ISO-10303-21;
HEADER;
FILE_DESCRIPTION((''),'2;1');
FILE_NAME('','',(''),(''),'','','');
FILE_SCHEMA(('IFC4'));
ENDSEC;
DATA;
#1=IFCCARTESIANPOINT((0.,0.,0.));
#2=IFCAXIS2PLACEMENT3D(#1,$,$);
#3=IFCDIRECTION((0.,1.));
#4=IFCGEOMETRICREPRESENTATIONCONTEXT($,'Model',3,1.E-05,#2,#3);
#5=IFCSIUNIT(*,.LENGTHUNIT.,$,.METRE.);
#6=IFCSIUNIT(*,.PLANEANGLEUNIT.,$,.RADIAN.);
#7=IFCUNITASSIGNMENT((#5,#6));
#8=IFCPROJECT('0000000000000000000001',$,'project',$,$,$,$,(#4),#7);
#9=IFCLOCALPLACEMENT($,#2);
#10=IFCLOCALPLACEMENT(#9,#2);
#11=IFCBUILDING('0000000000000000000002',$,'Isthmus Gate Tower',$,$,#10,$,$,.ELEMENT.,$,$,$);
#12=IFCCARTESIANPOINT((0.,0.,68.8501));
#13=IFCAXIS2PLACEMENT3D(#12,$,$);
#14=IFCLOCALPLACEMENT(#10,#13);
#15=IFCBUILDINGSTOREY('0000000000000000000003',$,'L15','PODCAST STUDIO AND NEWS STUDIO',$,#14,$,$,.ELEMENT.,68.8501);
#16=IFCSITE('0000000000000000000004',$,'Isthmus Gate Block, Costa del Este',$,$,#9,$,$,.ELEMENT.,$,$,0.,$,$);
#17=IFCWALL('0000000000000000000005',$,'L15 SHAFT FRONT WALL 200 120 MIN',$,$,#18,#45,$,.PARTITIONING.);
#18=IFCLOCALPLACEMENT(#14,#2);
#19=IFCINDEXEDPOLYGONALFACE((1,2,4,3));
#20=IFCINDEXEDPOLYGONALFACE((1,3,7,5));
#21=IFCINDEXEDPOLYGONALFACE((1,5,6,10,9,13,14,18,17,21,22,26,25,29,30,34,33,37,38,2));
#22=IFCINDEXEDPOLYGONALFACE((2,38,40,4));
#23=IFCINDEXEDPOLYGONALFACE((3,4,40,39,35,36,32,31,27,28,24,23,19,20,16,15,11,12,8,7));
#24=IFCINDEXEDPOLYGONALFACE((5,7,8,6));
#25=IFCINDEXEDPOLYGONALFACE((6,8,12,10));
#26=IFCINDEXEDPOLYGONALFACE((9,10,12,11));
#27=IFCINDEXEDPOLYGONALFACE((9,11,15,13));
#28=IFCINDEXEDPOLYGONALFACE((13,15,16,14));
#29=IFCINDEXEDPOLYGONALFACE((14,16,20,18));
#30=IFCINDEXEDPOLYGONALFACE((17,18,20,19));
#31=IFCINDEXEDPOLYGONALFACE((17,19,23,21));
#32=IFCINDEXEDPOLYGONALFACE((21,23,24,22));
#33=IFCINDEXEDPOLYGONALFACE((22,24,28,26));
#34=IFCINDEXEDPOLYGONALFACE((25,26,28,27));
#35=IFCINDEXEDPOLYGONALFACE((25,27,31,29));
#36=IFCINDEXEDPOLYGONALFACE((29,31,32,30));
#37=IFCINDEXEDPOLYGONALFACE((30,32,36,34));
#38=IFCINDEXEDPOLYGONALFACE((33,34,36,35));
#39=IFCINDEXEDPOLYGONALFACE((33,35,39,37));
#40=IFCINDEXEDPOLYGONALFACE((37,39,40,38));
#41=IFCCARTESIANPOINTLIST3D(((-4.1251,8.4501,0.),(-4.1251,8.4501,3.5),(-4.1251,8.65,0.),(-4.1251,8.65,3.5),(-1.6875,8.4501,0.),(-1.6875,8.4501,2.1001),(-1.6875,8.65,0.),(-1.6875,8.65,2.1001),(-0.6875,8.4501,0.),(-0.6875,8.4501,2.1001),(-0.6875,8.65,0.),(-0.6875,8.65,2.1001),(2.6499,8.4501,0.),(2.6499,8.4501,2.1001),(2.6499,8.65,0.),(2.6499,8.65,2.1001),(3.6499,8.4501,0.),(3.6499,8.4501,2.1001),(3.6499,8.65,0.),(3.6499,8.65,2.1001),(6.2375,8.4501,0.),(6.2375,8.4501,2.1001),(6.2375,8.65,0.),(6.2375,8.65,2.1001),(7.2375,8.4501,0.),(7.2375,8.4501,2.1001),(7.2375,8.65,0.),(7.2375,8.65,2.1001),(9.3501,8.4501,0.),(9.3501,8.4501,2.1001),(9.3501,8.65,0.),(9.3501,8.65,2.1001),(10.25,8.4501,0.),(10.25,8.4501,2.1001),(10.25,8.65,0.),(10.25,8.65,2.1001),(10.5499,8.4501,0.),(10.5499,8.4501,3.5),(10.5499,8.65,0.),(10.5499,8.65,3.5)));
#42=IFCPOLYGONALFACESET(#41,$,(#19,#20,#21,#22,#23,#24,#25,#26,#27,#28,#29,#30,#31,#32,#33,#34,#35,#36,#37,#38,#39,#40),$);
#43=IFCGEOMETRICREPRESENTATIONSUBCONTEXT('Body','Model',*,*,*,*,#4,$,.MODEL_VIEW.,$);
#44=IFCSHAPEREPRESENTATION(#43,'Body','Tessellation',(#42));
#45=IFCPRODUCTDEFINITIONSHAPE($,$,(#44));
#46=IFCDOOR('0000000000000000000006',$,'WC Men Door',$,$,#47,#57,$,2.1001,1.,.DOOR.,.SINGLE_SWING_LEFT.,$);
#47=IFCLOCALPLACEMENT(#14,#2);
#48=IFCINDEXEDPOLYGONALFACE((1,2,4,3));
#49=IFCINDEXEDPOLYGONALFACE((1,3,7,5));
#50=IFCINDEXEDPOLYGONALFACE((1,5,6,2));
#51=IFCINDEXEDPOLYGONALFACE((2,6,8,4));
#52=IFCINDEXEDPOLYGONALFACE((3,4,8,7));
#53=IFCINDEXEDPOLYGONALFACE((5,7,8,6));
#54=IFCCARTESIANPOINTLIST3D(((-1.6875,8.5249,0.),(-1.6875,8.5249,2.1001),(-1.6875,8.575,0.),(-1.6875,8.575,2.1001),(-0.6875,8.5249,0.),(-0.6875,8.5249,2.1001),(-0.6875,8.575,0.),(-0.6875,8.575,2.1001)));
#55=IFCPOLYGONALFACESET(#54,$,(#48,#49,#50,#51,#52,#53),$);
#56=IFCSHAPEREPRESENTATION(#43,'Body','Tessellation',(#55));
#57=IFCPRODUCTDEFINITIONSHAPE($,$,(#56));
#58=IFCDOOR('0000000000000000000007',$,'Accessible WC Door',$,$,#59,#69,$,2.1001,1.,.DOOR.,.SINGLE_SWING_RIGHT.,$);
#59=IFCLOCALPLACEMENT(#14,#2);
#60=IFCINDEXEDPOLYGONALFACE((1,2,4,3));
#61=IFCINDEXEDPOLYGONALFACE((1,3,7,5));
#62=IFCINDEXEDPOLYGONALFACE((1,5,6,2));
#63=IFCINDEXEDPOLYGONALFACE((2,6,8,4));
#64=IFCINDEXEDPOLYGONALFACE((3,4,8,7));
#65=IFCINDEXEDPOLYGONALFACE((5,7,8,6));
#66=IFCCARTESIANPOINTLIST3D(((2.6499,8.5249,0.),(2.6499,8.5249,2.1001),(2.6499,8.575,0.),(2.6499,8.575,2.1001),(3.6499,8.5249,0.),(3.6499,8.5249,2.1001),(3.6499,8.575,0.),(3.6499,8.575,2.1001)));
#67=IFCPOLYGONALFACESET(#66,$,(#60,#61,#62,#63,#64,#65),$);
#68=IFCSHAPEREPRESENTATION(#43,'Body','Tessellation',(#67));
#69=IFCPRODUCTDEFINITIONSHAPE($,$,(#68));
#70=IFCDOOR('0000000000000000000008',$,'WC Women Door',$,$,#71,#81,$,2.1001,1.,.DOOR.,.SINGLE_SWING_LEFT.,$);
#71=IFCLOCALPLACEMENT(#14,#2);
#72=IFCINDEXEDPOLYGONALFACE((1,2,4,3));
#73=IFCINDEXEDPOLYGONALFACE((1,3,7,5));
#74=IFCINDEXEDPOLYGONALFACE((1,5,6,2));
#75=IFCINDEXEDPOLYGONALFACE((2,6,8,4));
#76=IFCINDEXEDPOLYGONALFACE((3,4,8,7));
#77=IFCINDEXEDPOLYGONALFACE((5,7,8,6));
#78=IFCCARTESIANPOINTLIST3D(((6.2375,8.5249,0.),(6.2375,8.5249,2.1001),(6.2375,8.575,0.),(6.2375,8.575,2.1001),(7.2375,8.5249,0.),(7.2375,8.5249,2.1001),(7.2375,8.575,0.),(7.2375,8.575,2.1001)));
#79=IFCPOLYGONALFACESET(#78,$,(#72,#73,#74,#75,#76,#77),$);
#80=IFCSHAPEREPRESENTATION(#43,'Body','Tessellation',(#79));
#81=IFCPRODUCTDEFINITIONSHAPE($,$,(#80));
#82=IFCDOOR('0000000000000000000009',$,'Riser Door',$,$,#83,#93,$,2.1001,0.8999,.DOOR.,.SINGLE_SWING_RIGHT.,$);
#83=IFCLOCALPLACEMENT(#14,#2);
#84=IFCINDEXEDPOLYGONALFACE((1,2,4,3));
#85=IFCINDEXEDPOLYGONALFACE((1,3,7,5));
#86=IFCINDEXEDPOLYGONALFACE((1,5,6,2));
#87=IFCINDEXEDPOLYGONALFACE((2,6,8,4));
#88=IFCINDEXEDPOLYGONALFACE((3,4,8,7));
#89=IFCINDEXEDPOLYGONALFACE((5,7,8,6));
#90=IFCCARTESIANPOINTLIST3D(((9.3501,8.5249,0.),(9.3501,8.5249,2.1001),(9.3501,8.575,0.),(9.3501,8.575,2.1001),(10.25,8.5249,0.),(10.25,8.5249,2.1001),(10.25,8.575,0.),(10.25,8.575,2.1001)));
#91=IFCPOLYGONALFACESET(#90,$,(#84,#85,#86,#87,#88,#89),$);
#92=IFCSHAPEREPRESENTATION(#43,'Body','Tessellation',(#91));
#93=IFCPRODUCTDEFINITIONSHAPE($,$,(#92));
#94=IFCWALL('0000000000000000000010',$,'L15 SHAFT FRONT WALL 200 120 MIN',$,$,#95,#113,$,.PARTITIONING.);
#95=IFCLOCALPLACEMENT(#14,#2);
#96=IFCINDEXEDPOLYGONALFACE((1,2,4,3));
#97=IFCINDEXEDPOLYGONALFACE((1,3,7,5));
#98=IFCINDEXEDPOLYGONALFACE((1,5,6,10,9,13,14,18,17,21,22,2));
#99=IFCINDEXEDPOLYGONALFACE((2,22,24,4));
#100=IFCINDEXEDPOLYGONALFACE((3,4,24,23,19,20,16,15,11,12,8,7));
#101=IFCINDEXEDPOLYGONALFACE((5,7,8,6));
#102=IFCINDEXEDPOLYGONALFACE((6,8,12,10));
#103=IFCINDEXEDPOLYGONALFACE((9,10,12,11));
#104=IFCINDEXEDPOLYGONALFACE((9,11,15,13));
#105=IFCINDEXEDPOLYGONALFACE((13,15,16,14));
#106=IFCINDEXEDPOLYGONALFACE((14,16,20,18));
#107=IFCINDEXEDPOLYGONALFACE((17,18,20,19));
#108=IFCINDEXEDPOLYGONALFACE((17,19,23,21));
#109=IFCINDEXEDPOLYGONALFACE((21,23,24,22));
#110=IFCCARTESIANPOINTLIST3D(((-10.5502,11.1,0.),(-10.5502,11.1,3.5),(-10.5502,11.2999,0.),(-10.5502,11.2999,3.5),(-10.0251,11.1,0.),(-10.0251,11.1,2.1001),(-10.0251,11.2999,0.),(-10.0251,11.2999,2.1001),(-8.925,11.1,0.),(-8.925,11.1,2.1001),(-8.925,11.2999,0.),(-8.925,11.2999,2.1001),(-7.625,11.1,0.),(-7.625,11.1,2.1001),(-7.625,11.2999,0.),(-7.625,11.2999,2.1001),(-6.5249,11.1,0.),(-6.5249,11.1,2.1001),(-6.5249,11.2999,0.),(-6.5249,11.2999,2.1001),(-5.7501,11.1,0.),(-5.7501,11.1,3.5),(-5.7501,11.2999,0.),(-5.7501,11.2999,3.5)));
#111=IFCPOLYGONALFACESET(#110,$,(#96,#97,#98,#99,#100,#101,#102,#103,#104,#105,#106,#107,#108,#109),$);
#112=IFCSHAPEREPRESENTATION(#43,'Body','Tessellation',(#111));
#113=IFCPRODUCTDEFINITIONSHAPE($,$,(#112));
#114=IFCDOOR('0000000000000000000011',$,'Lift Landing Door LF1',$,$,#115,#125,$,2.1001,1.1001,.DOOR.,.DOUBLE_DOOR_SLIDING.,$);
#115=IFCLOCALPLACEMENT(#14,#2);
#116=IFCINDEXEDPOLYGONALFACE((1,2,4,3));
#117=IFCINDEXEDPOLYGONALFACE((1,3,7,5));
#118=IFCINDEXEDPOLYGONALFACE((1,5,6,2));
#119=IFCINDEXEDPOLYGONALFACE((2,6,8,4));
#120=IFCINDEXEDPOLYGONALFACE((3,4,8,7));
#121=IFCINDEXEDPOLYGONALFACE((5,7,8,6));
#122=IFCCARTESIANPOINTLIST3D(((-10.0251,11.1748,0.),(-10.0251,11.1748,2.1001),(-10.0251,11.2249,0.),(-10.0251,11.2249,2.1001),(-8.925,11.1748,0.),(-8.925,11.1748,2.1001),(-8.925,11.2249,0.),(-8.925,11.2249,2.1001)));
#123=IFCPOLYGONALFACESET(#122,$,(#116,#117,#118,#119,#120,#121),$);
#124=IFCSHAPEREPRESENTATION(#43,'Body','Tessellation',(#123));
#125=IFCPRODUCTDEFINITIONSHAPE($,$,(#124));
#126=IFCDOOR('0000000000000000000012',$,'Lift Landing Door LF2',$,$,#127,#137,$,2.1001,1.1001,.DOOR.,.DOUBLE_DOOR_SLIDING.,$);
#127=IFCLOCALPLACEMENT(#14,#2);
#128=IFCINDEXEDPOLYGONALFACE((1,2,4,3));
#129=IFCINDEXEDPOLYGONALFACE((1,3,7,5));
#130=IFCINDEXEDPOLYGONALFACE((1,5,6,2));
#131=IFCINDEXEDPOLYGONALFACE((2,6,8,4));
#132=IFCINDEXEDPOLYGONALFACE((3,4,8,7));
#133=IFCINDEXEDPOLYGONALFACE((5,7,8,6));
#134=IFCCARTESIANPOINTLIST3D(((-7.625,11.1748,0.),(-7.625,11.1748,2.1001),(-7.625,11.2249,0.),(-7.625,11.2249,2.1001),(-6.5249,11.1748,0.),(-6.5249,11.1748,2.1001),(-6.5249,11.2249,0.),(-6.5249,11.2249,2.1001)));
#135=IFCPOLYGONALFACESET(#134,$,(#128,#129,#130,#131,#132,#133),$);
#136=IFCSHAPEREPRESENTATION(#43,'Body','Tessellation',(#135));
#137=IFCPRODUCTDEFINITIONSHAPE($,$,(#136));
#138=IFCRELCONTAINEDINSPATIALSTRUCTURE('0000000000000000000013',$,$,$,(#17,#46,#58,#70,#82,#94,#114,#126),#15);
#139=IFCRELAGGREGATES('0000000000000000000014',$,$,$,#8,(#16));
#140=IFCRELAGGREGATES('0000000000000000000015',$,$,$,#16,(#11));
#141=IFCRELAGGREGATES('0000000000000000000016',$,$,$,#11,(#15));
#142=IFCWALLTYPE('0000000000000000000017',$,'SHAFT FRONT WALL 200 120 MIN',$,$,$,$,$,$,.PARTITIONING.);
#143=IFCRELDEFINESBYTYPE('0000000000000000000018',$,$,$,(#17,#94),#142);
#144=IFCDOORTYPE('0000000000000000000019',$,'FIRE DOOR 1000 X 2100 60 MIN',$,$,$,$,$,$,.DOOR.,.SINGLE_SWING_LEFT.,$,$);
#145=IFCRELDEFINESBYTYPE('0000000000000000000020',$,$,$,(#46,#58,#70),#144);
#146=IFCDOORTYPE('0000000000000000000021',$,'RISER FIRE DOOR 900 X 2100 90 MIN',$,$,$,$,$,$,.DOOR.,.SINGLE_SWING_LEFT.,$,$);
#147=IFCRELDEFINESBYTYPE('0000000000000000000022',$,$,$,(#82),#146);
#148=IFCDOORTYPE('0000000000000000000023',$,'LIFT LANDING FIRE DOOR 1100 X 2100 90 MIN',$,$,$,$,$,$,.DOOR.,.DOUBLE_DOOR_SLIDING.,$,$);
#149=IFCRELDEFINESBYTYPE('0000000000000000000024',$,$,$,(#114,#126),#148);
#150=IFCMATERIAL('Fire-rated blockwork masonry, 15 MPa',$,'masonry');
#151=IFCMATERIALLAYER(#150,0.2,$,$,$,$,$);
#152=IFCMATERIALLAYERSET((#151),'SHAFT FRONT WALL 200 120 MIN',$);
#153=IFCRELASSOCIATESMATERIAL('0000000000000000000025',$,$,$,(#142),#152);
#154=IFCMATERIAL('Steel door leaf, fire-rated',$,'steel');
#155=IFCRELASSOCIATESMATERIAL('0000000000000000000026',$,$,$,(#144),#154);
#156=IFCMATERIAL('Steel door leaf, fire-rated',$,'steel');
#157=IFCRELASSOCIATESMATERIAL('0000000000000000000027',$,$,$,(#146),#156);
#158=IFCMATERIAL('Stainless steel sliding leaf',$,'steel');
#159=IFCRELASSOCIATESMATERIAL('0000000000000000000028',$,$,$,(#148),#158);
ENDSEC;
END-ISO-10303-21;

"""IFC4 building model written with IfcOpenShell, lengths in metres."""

from ifc_helpers import new_model, si_unit, direction, frame, frame_2d, origin, place, context, subcontext, project, spatial, rectangle, extrude, material, layer, layer_set, type_object, element, fill, save


model = new_model("IFC4")

# Units and contexts
model_context = context("Model", 3, precision=1e-05, world=origin(), true_north=direction((0.0, 1.0)))
body_context = subcontext(model_context, "Body", "Model", "MODEL_VIEW")
ifc_project = project(units=[si_unit("LENGTHUNIT", "METRE"), si_unit("PLANEANGLEUNIT", "RADIAN")], contexts=[model_context])

# Site, building, storey
site_placement = place(None, origin())
site = spatial("IfcSite", under=ifc_project, at=site_placement, Name="Isthmus Gate Block, Costa del Este", CompositionType="ELEMENT", RefElevation=0.0)
building_placement = place(site_placement, origin())
building = spatial("IfcBuilding", under=site, at=building_placement, Name="Isthmus Gate Tower", CompositionType="ELEMENT")
storey_placement = place(building_placement, frame((0.0, 0.0, 68.8501)))
storey = spatial("IfcBuildingStorey", under=building, at=storey_placement, Name="L15", Description="PODCAST STUDIO AND NEWS STUDIO", CompositionType="ELEMENT", Elevation=68.8501)

# Walls, openings, doors
ifc_material_1 = material(Name="Fire-rated blockwork masonry, 15 MPa", Category="masonry")
ifc_layer_1 = layer(ifc_material_1, 0.2)
ifc_layer_set_1 = layer_set([ifc_layer_1], Name="SHAFT FRONT WALL 200 120 MIN")
wall_type_1 = type_object("IfcWallType", Name="SHAFT FRONT WALL 200 120 MIN", PredefinedType="PARTITIONING", material=ifc_layer_set_1)
wall_1_placement = place(storey_placement, frame((-4.125, 8.55, 0.0), z_axis=(0.0, 0.0, 1.0), x_axis=(1.0, 0.0, 0.0)))
wall_1 = element("IfcWall", 1, at=wall_1_placement, inside=storey, type_object=wall_type_1, Name="L15 SHAFT FRONT WALL 200 120 MIN", PredefinedType="PARTITIONING", context=body_context, shape_type="SweptSolid", body=[
    extrude(rectangle(XDim=14.675, YDim=0.2, at=frame_2d((7.3374, 0.0))), origin(), (0.0, 0.0, 1.0), 3.5),
])
opening_1_placement = place(wall_1_placement, frame((2.4375, 0.0, 0.0)))
opening_1 = element("IfcOpeningElement", 2, at=opening_1_placement, cuts=wall_1, PredefinedType="OPENING", context=body_context, shape_type="SweptSolid", body=[
    extrude(rectangle(XDim=1.0, YDim=2.1001, at=frame_2d((0.5, 1.05))), frame((0.0, 0.1099, 0.0), z_axis=(0.0, -1.0, 0.0), x_axis=(1.0, 0.0, 0.0)), (0.0, 0.0, 1.0), 0.22),
])
opening_2_placement = place(wall_1_placement, frame((6.7749, 0.0, 0.0)))
opening_2 = element("IfcOpeningElement", 3, at=opening_2_placement, cuts=wall_1, PredefinedType="OPENING", context=body_context, shape_type="SweptSolid", body=[
    extrude(rectangle(XDim=1.0, YDim=2.1001, at=frame_2d((0.5, 1.05))), frame((0.0, 0.1099, 0.0), z_axis=(0.0, -1.0, 0.0), x_axis=(1.0, 0.0, 0.0)), (0.0, 0.0, 1.0), 0.22),
])
opening_3_placement = place(wall_1_placement, frame((10.3625, 0.0, 0.0)))
opening_3 = element("IfcOpeningElement", 4, at=opening_3_placement, cuts=wall_1, PredefinedType="OPENING", context=body_context, shape_type="SweptSolid", body=[
    extrude(rectangle(XDim=1.0, YDim=2.1001, at=frame_2d((0.5, 1.05))), frame((0.0, 0.1099, 0.0), z_axis=(0.0, -1.0, 0.0), x_axis=(1.0, 0.0, 0.0)), (0.0, 0.0, 1.0), 0.22),
])
opening_4_placement = place(wall_1_placement, frame((13.4751, 0.0, 0.0)))
opening_4 = element("IfcOpeningElement", 5, at=opening_4_placement, cuts=wall_1, PredefinedType="OPENING", context=body_context, shape_type="SweptSolid", body=[
    extrude(rectangle(XDim=0.8999, YDim=2.1001, at=frame_2d((0.45, 1.05))), frame((0.0, 0.1099, 0.0), z_axis=(0.0, -1.0, 0.0), x_axis=(1.0, 0.0, 0.0)), (0.0, 0.0, 1.0), 0.22),
])
ifc_material_2 = material(Name="Steel door leaf, fire-rated", Category="steel")
door_type_1 = type_object("IfcDoorType", Name="FIRE DOOR 1000 X 2100 60 MIN", OperationType="SINGLE_SWING_LEFT", PredefinedType="DOOR", material=ifc_material_2)
door_1_placement = place(opening_1_placement, origin())
door_1 = element("IfcDoor", 6, at=door_1_placement, inside=storey, type_object=door_type_1, Name="WC Men Door", OperationType="SINGLE_SWING_LEFT", OverallHeight=2.1001, OverallWidth=1.0, PredefinedType="DOOR", context=body_context, shape_type="SweptSolid", body=[
    extrude(rectangle(XDim=1.0, YDim=2.1001, at=frame_2d((0.5, 1.05))), frame((0.0, 0.0249, 0.0), z_axis=(0.0, -1.0, 0.0), x_axis=(1.0, 0.0, 0.0)), (0.0, 0.0, 1.0), 0.05),
])
fill(opening_1, door_1)
door_2_placement = place(opening_2_placement, origin())
door_2 = element("IfcDoor", 7, at=door_2_placement, inside=storey, type_object=door_type_1, Name="Accessible WC Door", OperationType="SINGLE_SWING_RIGHT", OverallHeight=2.1001, OverallWidth=1.0, PredefinedType="DOOR", context=body_context, shape_type="SweptSolid", body=[
    extrude(rectangle(XDim=1.0, YDim=2.1001, at=frame_2d((0.5, 1.05))), frame((0.0, 0.0249, 0.0), z_axis=(0.0, -1.0, 0.0), x_axis=(1.0, 0.0, 0.0)), (0.0, 0.0, 1.0), 0.05),
])
fill(opening_2, door_2)
door_3_placement = place(opening_3_placement, origin())
door_3 = element("IfcDoor", 8, at=door_3_placement, inside=storey, type_object=door_type_1, Name="WC Women Door", OperationType="SINGLE_SWING_LEFT", OverallHeight=2.1001, OverallWidth=1.0, PredefinedType="DOOR", context=body_context, shape_type="SweptSolid", body=[
    extrude(rectangle(XDim=1.0, YDim=2.1001, at=frame_2d((0.5, 1.05))), frame((0.0, 0.0249, 0.0), z_axis=(0.0, -1.0, 0.0), x_axis=(1.0, 0.0, 0.0)), (0.0, 0.0, 1.0), 0.05),
])
fill(opening_3, door_3)
ifc_material_3 = material(Name="Steel door leaf, fire-rated", Category="steel")
door_type_2 = type_object("IfcDoorType", Name="RISER FIRE DOOR 900 X 2100 90 MIN", OperationType="SINGLE_SWING_LEFT", PredefinedType="DOOR", material=ifc_material_3)
door_4_placement = place(opening_4_placement, origin())
door_4 = element("IfcDoor", 9, at=door_4_placement, inside=storey, type_object=door_type_2, Name="Riser Door", OperationType="SINGLE_SWING_RIGHT", OverallHeight=2.1001, OverallWidth=0.8999, PredefinedType="DOOR", context=body_context, shape_type="SweptSolid", body=[
    extrude(rectangle(XDim=0.8999, YDim=2.1001, at=frame_2d((0.45, 1.05))), frame((0.0, 0.0249, 0.0), z_axis=(0.0, -1.0, 0.0), x_axis=(1.0, 0.0, 0.0)), (0.0, 0.0, 1.0), 0.05),
])
fill(opening_4, door_4)
wall_2_placement = place(storey_placement, frame((-10.55, 11.2, 0.0), z_axis=(0.0, 0.0, 1.0), x_axis=(1.0, 0.0, 0.0)))
wall_2 = element("IfcWall", 10, at=wall_2_placement, inside=storey, type_object=wall_type_1, Name="L15 SHAFT FRONT WALL 200 120 MIN", PredefinedType="PARTITIONING", context=body_context, shape_type="SweptSolid", body=[
    extrude(rectangle(XDim=4.8, YDim=0.2, at=frame_2d((2.3999, 0.0))), origin(), (0.0, 0.0, 1.0), 3.5),
])
opening_5_placement = place(wall_2_placement, frame((0.5249, 0.0, 0.0)))
opening_5 = element("IfcOpeningElement", 11, at=opening_5_placement, cuts=wall_2, PredefinedType="OPENING", context=body_context, shape_type="SweptSolid", body=[
    extrude(rectangle(XDim=1.1001, YDim=2.1001, at=frame_2d((0.55, 1.05))), frame((0.0, 0.1099, 0.0), z_axis=(0.0, -1.0, 0.0), x_axis=(1.0, 0.0, 0.0)), (0.0, 0.0, 1.0), 0.22),
])
opening_6_placement = place(wall_2_placement, frame((2.925, 0.0, 0.0)))
opening_6 = element("IfcOpeningElement", 12, at=opening_6_placement, cuts=wall_2, PredefinedType="OPENING", context=body_context, shape_type="SweptSolid", body=[
    extrude(rectangle(XDim=1.1001, YDim=2.1001, at=frame_2d((0.55, 1.05))), frame((0.0, 0.1099, 0.0), z_axis=(0.0, -1.0, 0.0), x_axis=(1.0, 0.0, 0.0)), (0.0, 0.0, 1.0), 0.22),
])
ifc_material_4 = material(Name="Stainless steel sliding leaf", Category="steel")
door_type_3 = type_object("IfcDoorType", Name="LIFT LANDING FIRE DOOR 1100 X 2100 90 MIN", OperationType="DOUBLE_DOOR_SLIDING", PredefinedType="DOOR", material=ifc_material_4)
door_5_placement = place(opening_5_placement, origin())
door_5 = element("IfcDoor", 13, at=door_5_placement, inside=storey, type_object=door_type_3, Name="Lift Landing Door LF1", OperationType="DOUBLE_DOOR_SLIDING", OverallHeight=2.1001, OverallWidth=1.1001, PredefinedType="DOOR", context=body_context, shape_type="SweptSolid", body=[
    extrude(rectangle(XDim=1.1001, YDim=2.1001, at=frame_2d((0.55, 1.05))), frame((0.0, 0.0249, 0.0), z_axis=(0.0, -1.0, 0.0), x_axis=(1.0, 0.0, 0.0)), (0.0, 0.0, 1.0), 0.05),
])
fill(opening_5, door_5)
door_6_placement = place(opening_6_placement, origin())
door_6 = element("IfcDoor", 14, at=door_6_placement, inside=storey, type_object=door_type_3, Name="Lift Landing Door LF2", OperationType="DOUBLE_DOOR_SLIDING", OverallHeight=2.1001, OverallWidth=1.1001, PredefinedType="DOOR", context=body_context, shape_type="SweptSolid", body=[
    extrude(rectangle(XDim=1.1001, YDim=2.1001, at=frame_2d((0.55, 1.05))), frame((0.0, 0.0249, 0.0), z_axis=(0.0, -1.0, 0.0), x_axis=(1.0, 0.0, 0.0)), (0.0, 0.0, 1.0), 0.05),
])
fill(opening_6, door_6)

save(model, "model.ifc")
